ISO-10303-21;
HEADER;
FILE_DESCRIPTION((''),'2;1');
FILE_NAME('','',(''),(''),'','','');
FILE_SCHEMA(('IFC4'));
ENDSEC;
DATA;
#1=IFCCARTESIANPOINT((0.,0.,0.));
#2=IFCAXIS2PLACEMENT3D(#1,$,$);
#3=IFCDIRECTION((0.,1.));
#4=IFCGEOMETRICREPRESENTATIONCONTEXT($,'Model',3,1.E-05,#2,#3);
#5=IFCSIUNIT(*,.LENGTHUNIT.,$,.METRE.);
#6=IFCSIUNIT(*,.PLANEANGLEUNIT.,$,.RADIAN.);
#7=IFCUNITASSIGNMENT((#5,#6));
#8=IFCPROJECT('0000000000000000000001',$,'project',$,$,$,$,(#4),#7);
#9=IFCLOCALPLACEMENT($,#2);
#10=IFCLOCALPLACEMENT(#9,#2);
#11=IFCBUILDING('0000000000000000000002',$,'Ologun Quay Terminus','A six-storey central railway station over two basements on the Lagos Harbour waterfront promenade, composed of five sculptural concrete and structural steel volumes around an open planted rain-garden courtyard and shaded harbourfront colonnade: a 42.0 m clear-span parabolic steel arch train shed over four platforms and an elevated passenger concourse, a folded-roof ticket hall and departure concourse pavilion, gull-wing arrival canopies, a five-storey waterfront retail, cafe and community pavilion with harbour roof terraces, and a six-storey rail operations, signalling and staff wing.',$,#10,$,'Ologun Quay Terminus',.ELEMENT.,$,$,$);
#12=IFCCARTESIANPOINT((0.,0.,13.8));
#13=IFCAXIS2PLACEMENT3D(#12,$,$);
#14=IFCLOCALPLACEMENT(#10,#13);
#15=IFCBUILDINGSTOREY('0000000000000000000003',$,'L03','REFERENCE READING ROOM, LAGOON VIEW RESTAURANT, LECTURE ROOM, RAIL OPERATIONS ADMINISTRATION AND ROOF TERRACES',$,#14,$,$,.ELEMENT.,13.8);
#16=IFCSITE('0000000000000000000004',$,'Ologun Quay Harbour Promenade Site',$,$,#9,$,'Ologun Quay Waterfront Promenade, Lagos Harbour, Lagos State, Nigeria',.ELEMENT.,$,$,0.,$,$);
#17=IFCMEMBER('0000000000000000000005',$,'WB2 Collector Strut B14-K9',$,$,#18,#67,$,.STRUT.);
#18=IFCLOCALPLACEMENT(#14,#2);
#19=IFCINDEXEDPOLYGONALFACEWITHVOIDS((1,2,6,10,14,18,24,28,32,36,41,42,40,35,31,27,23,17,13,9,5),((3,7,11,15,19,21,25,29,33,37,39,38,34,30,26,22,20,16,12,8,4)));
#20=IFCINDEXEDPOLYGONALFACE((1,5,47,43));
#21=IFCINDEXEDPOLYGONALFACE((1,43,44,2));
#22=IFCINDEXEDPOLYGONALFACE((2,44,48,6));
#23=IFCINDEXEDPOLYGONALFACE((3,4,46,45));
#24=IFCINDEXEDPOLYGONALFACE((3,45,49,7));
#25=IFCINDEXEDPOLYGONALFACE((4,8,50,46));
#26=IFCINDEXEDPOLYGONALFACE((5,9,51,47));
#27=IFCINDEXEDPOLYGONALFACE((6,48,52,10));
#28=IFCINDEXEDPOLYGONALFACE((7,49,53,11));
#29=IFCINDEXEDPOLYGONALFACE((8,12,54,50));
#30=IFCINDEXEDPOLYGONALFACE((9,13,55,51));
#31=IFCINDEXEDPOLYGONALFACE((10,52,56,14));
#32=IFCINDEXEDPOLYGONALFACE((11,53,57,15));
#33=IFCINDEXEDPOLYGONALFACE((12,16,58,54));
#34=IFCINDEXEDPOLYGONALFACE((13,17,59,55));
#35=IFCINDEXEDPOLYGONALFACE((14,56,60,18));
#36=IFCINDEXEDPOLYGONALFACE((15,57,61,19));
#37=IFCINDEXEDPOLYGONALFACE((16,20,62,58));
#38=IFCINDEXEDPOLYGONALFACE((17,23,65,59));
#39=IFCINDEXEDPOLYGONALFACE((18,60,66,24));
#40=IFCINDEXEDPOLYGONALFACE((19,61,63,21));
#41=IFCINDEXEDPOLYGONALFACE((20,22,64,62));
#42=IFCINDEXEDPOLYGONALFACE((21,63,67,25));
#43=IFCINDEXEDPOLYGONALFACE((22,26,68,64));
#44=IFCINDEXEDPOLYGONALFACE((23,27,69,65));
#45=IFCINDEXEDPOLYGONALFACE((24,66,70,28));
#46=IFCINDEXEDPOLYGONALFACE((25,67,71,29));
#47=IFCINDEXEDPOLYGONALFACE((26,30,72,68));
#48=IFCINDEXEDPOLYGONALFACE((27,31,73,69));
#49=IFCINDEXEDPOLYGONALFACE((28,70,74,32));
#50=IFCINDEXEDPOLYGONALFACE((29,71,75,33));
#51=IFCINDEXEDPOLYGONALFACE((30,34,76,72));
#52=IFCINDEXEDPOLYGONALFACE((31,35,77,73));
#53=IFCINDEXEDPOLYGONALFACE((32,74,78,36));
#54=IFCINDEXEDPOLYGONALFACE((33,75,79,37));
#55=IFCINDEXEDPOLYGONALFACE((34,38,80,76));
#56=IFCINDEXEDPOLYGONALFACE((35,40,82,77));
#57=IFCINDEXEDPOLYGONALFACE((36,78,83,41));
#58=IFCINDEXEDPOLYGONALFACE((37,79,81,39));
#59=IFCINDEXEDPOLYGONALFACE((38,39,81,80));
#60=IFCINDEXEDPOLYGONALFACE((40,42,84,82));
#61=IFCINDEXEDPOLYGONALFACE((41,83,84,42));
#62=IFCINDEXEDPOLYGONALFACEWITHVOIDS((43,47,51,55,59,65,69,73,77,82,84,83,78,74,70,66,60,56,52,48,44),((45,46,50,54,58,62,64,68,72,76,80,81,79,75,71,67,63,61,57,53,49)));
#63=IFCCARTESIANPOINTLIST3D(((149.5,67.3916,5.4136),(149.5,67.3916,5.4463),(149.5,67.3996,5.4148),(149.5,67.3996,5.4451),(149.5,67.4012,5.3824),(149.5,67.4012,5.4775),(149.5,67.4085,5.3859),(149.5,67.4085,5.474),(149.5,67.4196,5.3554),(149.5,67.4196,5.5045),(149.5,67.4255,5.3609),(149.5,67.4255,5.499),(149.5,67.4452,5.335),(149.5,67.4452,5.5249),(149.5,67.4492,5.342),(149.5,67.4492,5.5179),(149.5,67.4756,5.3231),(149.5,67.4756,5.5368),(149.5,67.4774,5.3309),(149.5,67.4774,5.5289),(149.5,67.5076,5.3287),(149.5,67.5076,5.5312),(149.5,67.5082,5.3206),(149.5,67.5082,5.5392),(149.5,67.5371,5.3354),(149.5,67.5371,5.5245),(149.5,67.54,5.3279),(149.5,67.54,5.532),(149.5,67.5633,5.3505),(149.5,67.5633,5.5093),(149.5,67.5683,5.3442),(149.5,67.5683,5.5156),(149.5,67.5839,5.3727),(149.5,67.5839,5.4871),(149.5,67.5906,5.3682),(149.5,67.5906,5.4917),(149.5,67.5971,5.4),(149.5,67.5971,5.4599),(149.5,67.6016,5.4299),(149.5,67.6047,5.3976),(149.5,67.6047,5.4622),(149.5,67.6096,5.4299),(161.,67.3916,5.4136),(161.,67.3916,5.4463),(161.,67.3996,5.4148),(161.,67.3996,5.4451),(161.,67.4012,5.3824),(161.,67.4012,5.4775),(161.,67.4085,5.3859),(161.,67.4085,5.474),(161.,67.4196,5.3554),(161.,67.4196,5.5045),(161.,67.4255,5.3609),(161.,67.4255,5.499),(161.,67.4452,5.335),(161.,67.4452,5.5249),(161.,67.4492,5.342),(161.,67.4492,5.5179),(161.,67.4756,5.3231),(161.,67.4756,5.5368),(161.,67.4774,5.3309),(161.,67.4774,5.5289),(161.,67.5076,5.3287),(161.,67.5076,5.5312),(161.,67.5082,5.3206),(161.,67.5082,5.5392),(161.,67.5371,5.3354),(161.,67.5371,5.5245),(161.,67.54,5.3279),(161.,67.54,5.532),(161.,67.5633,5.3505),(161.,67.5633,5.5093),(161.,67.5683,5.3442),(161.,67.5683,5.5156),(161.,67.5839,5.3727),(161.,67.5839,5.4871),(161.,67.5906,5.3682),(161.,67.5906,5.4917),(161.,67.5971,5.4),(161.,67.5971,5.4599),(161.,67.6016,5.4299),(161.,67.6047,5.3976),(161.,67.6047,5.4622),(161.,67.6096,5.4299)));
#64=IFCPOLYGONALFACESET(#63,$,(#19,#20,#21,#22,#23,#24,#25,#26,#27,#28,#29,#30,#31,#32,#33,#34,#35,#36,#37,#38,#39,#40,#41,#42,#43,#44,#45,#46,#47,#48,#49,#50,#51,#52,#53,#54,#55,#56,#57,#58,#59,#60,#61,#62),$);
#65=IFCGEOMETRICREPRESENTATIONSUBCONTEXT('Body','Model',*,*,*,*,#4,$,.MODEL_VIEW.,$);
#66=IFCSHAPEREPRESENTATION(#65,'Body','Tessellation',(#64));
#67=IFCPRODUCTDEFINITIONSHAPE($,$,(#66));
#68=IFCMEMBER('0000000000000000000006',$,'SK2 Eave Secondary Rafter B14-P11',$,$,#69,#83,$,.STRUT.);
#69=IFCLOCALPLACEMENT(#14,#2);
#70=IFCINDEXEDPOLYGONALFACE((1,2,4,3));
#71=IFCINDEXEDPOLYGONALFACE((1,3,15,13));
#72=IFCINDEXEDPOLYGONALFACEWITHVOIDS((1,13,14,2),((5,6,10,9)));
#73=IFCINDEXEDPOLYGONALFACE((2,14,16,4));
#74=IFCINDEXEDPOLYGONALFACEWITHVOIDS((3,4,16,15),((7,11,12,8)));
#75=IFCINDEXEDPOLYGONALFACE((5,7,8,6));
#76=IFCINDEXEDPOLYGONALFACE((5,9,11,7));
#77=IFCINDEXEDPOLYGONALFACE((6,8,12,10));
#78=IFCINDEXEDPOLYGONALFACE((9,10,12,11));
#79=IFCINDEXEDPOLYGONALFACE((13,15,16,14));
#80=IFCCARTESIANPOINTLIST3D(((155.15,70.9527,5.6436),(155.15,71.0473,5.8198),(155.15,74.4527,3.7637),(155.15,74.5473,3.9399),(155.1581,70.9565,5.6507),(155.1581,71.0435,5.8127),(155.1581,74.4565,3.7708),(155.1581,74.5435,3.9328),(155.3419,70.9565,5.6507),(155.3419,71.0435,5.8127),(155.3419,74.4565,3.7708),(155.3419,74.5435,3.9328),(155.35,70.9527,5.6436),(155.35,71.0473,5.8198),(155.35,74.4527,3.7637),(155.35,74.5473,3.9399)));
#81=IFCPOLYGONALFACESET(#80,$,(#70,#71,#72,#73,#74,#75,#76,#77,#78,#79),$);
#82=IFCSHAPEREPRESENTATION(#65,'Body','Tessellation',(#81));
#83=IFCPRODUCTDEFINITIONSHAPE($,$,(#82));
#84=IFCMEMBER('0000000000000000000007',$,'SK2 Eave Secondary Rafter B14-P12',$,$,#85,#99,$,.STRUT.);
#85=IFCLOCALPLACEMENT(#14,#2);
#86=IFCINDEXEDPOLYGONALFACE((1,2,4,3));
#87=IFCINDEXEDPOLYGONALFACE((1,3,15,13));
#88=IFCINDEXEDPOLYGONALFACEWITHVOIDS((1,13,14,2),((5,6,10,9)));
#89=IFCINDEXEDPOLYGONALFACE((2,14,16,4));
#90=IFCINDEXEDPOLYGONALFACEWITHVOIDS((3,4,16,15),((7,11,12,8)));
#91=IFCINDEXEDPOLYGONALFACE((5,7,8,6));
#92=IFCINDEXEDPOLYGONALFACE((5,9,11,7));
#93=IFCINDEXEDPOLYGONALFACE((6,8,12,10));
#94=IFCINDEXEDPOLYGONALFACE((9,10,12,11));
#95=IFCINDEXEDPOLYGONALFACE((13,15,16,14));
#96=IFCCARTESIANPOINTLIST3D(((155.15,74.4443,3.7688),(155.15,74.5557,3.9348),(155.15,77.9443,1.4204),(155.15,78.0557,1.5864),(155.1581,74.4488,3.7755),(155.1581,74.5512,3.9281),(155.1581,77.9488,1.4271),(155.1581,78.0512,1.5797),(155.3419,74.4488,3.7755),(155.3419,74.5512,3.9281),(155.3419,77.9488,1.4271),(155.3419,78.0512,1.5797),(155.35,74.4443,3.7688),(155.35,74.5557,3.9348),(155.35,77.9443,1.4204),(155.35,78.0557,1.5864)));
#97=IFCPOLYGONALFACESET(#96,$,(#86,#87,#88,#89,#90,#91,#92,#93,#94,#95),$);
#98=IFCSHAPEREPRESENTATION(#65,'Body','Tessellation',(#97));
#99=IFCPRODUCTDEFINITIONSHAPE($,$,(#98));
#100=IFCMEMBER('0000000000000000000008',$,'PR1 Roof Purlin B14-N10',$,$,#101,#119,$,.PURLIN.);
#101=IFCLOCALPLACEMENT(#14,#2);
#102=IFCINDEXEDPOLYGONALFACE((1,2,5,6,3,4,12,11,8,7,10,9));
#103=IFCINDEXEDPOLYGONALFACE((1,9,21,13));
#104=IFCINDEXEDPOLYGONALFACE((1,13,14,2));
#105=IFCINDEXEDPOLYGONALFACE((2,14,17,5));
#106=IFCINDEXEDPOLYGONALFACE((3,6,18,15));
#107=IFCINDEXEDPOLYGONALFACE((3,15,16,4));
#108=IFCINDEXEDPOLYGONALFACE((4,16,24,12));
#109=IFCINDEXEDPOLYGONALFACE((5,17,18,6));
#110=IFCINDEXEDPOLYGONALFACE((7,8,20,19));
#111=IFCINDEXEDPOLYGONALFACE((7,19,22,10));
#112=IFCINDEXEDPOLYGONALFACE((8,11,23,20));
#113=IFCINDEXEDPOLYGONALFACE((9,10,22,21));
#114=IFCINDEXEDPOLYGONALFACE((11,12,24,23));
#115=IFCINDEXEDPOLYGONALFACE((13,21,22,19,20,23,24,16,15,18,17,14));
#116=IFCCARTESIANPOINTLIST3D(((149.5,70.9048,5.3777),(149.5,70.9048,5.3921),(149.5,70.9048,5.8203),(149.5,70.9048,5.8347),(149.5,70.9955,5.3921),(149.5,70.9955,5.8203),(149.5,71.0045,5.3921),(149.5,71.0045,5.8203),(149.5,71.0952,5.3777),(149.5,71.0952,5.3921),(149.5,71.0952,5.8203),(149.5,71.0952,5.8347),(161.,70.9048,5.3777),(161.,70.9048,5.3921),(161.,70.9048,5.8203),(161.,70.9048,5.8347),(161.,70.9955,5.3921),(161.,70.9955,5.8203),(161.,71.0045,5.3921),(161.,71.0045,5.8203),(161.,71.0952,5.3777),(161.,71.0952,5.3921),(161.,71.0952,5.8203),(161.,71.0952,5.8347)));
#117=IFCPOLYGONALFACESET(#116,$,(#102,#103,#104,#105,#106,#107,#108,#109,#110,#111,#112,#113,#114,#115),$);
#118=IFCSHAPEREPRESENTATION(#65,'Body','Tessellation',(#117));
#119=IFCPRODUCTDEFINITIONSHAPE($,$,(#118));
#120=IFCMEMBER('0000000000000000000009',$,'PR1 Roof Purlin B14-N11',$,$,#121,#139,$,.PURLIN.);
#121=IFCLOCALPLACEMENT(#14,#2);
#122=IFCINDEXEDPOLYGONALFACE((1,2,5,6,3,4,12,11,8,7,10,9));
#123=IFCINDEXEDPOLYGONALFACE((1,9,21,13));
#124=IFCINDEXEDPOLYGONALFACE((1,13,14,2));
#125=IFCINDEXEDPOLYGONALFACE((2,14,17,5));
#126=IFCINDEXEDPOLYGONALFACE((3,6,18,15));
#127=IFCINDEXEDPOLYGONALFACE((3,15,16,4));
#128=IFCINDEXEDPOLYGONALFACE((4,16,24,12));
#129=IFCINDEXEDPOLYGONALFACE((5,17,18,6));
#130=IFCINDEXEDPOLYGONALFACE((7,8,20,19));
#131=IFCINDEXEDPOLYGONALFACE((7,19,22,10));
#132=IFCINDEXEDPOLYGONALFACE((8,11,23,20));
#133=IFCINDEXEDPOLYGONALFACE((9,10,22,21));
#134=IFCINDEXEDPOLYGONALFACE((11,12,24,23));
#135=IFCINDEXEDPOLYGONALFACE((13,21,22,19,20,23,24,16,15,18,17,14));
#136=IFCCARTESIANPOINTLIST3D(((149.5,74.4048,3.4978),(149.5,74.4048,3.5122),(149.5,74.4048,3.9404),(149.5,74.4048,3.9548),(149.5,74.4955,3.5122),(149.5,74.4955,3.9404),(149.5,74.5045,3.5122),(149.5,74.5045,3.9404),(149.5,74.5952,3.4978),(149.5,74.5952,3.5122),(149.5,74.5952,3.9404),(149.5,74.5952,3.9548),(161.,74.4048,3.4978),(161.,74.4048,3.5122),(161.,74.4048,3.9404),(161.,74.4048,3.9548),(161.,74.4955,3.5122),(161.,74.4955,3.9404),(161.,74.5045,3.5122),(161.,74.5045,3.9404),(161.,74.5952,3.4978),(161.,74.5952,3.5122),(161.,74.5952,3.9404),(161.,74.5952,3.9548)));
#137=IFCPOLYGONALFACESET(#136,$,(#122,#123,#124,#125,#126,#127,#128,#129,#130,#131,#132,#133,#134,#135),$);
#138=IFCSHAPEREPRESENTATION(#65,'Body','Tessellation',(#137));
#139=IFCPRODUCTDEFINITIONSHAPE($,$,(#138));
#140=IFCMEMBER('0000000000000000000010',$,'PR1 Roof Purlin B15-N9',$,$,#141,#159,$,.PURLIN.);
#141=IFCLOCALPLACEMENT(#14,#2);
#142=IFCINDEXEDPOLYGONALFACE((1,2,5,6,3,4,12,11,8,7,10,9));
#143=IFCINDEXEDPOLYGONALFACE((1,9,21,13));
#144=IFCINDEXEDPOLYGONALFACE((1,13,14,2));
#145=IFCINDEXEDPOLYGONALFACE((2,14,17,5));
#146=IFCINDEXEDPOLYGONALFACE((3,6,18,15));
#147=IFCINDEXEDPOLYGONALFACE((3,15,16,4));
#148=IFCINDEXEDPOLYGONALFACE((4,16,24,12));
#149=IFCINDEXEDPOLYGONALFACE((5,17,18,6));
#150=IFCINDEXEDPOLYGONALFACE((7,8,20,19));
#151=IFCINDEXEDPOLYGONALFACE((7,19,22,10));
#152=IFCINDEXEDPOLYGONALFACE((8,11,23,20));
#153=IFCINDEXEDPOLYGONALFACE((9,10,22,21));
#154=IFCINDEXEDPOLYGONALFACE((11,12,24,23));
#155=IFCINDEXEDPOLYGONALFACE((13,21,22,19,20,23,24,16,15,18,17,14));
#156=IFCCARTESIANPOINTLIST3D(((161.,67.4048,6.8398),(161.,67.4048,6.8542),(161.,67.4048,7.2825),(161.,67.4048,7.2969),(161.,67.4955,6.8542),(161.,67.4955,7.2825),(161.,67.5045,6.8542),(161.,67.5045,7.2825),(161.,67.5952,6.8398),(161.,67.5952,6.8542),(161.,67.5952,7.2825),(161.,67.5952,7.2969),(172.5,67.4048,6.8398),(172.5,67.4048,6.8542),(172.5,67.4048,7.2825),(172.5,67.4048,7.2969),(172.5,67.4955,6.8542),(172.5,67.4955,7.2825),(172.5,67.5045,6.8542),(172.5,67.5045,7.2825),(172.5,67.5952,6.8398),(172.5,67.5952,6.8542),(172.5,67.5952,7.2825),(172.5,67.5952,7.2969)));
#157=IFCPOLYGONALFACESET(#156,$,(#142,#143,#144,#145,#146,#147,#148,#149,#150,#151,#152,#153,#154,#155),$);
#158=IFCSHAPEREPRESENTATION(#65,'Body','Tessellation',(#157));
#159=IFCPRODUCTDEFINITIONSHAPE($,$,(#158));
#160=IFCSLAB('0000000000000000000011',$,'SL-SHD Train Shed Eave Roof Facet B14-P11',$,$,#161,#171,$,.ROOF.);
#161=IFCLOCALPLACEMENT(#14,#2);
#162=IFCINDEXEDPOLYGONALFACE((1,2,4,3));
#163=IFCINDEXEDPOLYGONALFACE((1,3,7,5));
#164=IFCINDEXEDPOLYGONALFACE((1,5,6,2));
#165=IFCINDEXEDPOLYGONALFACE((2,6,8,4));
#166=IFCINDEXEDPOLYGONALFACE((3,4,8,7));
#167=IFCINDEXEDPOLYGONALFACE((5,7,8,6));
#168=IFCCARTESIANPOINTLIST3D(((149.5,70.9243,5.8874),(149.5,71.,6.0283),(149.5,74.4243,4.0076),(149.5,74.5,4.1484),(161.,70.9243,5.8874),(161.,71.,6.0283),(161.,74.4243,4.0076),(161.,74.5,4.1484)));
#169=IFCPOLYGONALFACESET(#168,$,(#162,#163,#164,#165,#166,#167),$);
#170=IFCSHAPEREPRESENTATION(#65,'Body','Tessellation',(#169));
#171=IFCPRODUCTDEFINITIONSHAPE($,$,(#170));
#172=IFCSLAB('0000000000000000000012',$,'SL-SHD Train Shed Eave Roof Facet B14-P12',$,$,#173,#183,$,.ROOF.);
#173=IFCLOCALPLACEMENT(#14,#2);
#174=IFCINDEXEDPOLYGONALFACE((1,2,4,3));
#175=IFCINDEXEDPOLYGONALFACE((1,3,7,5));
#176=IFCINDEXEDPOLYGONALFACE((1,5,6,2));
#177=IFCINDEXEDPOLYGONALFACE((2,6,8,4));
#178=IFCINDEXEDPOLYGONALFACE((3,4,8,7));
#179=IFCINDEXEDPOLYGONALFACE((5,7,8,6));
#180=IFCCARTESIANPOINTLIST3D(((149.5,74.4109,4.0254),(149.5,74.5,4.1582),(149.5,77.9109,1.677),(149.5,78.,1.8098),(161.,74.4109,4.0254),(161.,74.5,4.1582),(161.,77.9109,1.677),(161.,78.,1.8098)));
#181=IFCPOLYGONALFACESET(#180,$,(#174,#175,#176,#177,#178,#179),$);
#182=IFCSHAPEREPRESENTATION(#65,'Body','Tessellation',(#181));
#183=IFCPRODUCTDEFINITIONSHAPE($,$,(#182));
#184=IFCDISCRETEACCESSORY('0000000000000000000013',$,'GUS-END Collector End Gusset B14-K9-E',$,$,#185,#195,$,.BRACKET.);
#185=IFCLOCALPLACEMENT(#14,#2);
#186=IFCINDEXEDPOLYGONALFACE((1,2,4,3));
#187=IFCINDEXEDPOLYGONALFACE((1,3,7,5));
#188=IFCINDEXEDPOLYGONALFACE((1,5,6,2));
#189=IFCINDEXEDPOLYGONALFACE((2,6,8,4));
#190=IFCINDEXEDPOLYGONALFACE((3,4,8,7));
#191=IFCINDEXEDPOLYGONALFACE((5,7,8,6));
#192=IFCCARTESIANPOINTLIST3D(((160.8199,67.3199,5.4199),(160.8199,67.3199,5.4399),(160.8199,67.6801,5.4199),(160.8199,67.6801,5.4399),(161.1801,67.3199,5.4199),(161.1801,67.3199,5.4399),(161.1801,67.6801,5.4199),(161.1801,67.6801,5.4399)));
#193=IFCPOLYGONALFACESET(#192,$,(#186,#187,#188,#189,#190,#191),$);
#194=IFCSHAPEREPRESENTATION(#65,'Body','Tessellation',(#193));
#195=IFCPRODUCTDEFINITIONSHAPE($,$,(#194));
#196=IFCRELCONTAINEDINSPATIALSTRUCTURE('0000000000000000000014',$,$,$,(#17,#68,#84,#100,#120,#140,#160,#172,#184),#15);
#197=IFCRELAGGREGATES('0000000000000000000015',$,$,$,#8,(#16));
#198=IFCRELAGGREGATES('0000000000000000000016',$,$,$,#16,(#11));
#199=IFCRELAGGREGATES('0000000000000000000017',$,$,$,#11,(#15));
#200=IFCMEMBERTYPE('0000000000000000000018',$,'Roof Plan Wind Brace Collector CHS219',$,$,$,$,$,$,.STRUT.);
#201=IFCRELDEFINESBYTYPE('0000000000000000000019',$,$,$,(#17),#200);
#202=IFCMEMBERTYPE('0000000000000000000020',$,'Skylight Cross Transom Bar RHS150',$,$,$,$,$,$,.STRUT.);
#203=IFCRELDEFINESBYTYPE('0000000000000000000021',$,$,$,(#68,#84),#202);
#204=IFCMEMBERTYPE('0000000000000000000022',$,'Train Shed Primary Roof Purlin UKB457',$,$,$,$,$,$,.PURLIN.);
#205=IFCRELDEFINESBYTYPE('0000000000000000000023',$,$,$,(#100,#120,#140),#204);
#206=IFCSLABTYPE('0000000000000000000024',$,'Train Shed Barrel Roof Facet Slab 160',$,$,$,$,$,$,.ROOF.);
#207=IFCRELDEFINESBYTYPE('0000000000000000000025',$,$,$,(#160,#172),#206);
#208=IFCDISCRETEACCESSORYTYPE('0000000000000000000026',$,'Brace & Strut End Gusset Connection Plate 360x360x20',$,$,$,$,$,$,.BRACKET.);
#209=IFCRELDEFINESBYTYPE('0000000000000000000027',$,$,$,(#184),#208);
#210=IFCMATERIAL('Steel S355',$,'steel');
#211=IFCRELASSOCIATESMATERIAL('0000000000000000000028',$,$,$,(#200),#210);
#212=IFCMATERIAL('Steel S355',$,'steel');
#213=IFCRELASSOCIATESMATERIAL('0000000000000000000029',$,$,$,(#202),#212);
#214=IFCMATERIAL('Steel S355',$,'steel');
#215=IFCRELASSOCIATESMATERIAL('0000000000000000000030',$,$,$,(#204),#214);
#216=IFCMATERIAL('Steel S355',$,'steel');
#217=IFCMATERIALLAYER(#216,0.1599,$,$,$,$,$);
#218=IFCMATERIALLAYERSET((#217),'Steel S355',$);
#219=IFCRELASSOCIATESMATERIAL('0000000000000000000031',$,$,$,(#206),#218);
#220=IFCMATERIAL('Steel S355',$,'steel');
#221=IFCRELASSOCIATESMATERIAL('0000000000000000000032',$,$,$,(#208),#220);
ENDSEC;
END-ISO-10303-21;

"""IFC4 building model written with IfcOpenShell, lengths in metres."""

from ifc_helpers import new_model, si_unit, direction, frame, origin, origin_2d, place, context, subcontext, project, spatial, polyline, rectangle, hollow_rectangle, hollow_circle, i_section, outline, extrude, material, layer, layer_set, material_profile, profile_set, type_object, element, save


model = new_model("IFC4")

# Units and contexts
model_context = context("Model", 3, precision=1e-05, world=origin(), true_north=direction((0.0, 1.0)))
body_context = subcontext(model_context, "Body", "Model", "MODEL_VIEW")
ifc_project = project(units=[si_unit("LENGTHUNIT", "METRE"), si_unit("PLANEANGLEUNIT", "RADIAN")], contexts=[model_context])

# Site, building, storey
site_placement = place(None, origin())
site = spatial("IfcSite", under=ifc_project, at=site_placement, Name="Ologun Quay Harbour Promenade Site", LongName="Ologun Quay Waterfront Promenade, Lagos Harbour, Lagos State, Nigeria", CompositionType="ELEMENT", RefElevation=0.0)
building_placement = place(site_placement, origin())
building = spatial("IfcBuilding", under=site, at=building_placement, Name="Ologun Quay Terminus", Description="A six-storey central railway station over two basements on the Lagos Harbour waterfront promenade, composed of five sculptural concrete and structural steel volumes around an open planted rain-garden courtyard and shaded harbourfront colonnade: a 42.0 m clear-span parabolic steel arch train shed over four platforms and an elevated passenger concourse, a folded-roof ticket hall and departure concourse pavilion, gull-wing arrival canopies, a five-storey waterfront retail, cafe and community pavilion with harbour roof terraces, and a six-storey rail operations, signalling and staff wing.", LongName="Ologun Quay Terminus", CompositionType="ELEMENT")
storey_placement = place(building_placement, frame((0.0, 0.0, 13.8)))
storey = spatial("IfcBuildingStorey", under=building, at=storey_placement, Name="L03", Description="REFERENCE READING ROOM, LAGOON VIEW RESTAURANT, LECTURE ROOM, RAIL OPERATIONS ADMINISTRATION AND ROOF TERRACES", CompositionType="ELEMENT", Elevation=13.8)

# Members
ifc_material_1 = material(Name="Steel S355", Category="steel")
ifc_material_profile_1 = material_profile(ifc_material_1, hollow_circle(Radius=0.1096, WallThickness=0.0081, at=origin_2d()), Name="CHS 219.1x8")
ifc_profile_set_1 = profile_set([ifc_material_profile_1], Name="Steel S355")
member_type_1 = type_object("IfcMemberType", Name="Roof Plan Wind Brace Collector CHS219", PredefinedType="STRUT", material=ifc_profile_set_1)
member_1_placement = place(storey_placement, frame((149.5, 67.5, 5.4299), z_axis=(1.0, 0.0, 0.0), x_axis=(0.0, 1.0, 0.0)))
element("IfcMember", 1, at=member_1_placement, inside=storey, type_object=member_type_1, Name="WB2 Collector Strut B14-K9", PredefinedType="STRUT", context=body_context, shape_type="SweptSolid", body=[
    extrude(hollow_circle(Radius=0.1096, WallThickness=0.0081, at=origin_2d()), origin(), (0.0, 0.0, 1.0), 11.5),
])
ifc_material_2 = material(Name="Steel S355", Category="steel")
ifc_material_profile_2 = material_profile(ifc_material_2, hollow_rectangle(XDim=0.2, YDim=0.2, WallThickness=0.0081, at=origin_2d()), Name="SHS 200x200x8")
ifc_profile_set_2 = profile_set([ifc_material_profile_2], Name="Steel S355")
member_type_2 = type_object("IfcMemberType", Name="Skylight Cross Transom Bar RHS150", PredefinedType="STRUT", material=ifc_profile_set_2)
member_2_placement = place(storey_placement, frame((155.25, 71.0, 5.7317), z_axis=(0.0, 0.880968, -0.473176), x_axis=(-1.0, 0.0, 0.0)))
element("IfcMember", 2, at=member_2_placement, inside=storey, type_object=member_type_2, Name="SK2 Eave Secondary Rafter B14-P11", PredefinedType="STRUT", context=body_context, shape_type="SweptSolid", body=[
    extrude(hollow_rectangle(XDim=0.2, YDim=0.2, WallThickness=0.0081, at=origin_2d()), origin(), (0.0, 0.0, 1.0), 3.9729),
])
member_3_placement = place(storey_placement, frame((155.25, 74.5, 3.8518), z_axis=(0.0, 0.830398, -0.557171), x_axis=(-1.0, 0.0, 0.0)))
element("IfcMember", 3, at=member_3_placement, inside=storey, type_object=member_type_2, Name="SK2 Eave Secondary Rafter B14-P12", PredefinedType="STRUT", context=body_context, shape_type="SweptSolid", body=[
    extrude(hollow_rectangle(XDim=0.2, YDim=0.2, WallThickness=0.0081, at=origin_2d()), origin(), (0.0, 0.0, 1.0), 4.2148),
])
ifc_material_3 = material(Name="Steel S355", Category="steel")
ifc_material_profile_3 = material_profile(ifc_material_3, i_section(OverallWidth=0.1904, OverallDepth=0.457, WebThickness=0.009, FlangeThickness=0.0144, at=origin_2d()), Name="UKB 457x191x74")
ifc_profile_set_3 = profile_set([ifc_material_profile_3], Name="Steel S355")
member_type_3 = type_object("IfcMemberType", Name="Train Shed Primary Roof Purlin UKB457", PredefinedType="PURLIN", material=ifc_profile_set_3)
for number, where, z_axis, x_axis, name in (
    (4, (149.5, 71.0, 5.6062), (1.0, 0.0, 0.0), (0.0, 1.0, 0.0), "PR1 Roof Purlin B14-N10"),
    (5, (149.5, 74.5, 3.7263), (1.0, 0.0, 0.0), (0.0, 1.0, 0.0), "PR1 Roof Purlin B14-N11"),
    (6, (161.0, 67.5, 7.0684), (1.0, 0.0, 0.0), (0.0, 1.0, 0.0), "PR1 Roof Purlin B15-N9"),
):
    element("IfcMember", number, at=place(storey_placement, frame(where, z_axis=z_axis, x_axis=x_axis)), inside=storey, type_object=member_type_3, Name=name, PredefinedType="PURLIN", context=body_context, shape_type="SweptSolid", body=[
        extrude(i_section(OverallWidth=0.1904, OverallDepth=0.457, WebThickness=0.009, FlangeThickness=0.0144, at=origin_2d()), origin(), (0.0, 0.0, 1.0), 11.5),
    ])

# Slabs
ifc_material_4 = material(Name="Steel S355", Category="steel")
ifc_layer = layer(ifc_material_4, 0.1599)
ifc_layer_set = layer_set([ifc_layer], Name="Steel S355")
slab_type = type_object("IfcSlabType", Name="Train Shed Barrel Roof Facet Slab 160", PredefinedType="ROOF", material=ifc_layer_set)
slab_1_placement = place(storey_placement, frame((149.5, 71.0, 6.0283), z_axis=(0.0, 0.473176, 0.880968), x_axis=(1.0, 0.0, 0.0)))
element("IfcSlab", 7, at=slab_1_placement, inside=storey, type_object=slab_type, Name="SL-SHD Train Shed Eave Roof Facet B14-P11", PredefinedType="ROOF", context=body_context, shape_type="SweptSolid", body=[
    extrude(outline(polyline([(0.0, 0.0), (11.5, 0.0), (11.5, 3.9729), (0.0, 3.9729), (0.0, 0.0)])), origin(), (0.0, 0.0, -1.0), 0.1599),
])
slab_2_placement = place(storey_placement, frame((149.5, 74.5, 4.1582), z_axis=(0.0, 0.557171, 0.830398), x_axis=(1.0, 0.0, 0.0)))
element("IfcSlab", 8, at=slab_2_placement, inside=storey, type_object=slab_type, Name="SL-SHD Train Shed Eave Roof Facet B14-P12", PredefinedType="ROOF", context=body_context, shape_type="SweptSolid", body=[
    extrude(outline(polyline([(0.0, 0.0), (11.5, 0.0), (11.5, 4.2148), (0.0, 4.2148), (0.0, 0.0)])), origin(), (0.0, 0.0, -1.0), 0.1599),
])

# Discrete accessory
ifc_material_5 = material(Name="Steel S355", Category="steel")
discrete_accessory_type = type_object("IfcDiscreteAccessoryType", Name="Brace & Strut End Gusset Connection Plate 360x360x20", PredefinedType="BRACKET", material=ifc_material_5)
discrete_accessory_placement = place(storey_placement, frame((161.0, 67.5, 5.4199), z_axis=(0.0, 0.0, 1.0), x_axis=(1.0, 0.0, 0.0)))
element("IfcDiscreteAccessory", 9, at=discrete_accessory_placement, inside=storey, type_object=discrete_accessory_type, Name="GUS-END Collector End Gusset B14-K9-E", PredefinedType="BRACKET", context=body_context, shape_type="SweptSolid", body=[
    extrude(rectangle(XDim=0.3601, YDim=0.3601, at=origin_2d()), origin(), (0.0, 0.0, 1.0), 0.02),
])

save(model, "model.ifc")
